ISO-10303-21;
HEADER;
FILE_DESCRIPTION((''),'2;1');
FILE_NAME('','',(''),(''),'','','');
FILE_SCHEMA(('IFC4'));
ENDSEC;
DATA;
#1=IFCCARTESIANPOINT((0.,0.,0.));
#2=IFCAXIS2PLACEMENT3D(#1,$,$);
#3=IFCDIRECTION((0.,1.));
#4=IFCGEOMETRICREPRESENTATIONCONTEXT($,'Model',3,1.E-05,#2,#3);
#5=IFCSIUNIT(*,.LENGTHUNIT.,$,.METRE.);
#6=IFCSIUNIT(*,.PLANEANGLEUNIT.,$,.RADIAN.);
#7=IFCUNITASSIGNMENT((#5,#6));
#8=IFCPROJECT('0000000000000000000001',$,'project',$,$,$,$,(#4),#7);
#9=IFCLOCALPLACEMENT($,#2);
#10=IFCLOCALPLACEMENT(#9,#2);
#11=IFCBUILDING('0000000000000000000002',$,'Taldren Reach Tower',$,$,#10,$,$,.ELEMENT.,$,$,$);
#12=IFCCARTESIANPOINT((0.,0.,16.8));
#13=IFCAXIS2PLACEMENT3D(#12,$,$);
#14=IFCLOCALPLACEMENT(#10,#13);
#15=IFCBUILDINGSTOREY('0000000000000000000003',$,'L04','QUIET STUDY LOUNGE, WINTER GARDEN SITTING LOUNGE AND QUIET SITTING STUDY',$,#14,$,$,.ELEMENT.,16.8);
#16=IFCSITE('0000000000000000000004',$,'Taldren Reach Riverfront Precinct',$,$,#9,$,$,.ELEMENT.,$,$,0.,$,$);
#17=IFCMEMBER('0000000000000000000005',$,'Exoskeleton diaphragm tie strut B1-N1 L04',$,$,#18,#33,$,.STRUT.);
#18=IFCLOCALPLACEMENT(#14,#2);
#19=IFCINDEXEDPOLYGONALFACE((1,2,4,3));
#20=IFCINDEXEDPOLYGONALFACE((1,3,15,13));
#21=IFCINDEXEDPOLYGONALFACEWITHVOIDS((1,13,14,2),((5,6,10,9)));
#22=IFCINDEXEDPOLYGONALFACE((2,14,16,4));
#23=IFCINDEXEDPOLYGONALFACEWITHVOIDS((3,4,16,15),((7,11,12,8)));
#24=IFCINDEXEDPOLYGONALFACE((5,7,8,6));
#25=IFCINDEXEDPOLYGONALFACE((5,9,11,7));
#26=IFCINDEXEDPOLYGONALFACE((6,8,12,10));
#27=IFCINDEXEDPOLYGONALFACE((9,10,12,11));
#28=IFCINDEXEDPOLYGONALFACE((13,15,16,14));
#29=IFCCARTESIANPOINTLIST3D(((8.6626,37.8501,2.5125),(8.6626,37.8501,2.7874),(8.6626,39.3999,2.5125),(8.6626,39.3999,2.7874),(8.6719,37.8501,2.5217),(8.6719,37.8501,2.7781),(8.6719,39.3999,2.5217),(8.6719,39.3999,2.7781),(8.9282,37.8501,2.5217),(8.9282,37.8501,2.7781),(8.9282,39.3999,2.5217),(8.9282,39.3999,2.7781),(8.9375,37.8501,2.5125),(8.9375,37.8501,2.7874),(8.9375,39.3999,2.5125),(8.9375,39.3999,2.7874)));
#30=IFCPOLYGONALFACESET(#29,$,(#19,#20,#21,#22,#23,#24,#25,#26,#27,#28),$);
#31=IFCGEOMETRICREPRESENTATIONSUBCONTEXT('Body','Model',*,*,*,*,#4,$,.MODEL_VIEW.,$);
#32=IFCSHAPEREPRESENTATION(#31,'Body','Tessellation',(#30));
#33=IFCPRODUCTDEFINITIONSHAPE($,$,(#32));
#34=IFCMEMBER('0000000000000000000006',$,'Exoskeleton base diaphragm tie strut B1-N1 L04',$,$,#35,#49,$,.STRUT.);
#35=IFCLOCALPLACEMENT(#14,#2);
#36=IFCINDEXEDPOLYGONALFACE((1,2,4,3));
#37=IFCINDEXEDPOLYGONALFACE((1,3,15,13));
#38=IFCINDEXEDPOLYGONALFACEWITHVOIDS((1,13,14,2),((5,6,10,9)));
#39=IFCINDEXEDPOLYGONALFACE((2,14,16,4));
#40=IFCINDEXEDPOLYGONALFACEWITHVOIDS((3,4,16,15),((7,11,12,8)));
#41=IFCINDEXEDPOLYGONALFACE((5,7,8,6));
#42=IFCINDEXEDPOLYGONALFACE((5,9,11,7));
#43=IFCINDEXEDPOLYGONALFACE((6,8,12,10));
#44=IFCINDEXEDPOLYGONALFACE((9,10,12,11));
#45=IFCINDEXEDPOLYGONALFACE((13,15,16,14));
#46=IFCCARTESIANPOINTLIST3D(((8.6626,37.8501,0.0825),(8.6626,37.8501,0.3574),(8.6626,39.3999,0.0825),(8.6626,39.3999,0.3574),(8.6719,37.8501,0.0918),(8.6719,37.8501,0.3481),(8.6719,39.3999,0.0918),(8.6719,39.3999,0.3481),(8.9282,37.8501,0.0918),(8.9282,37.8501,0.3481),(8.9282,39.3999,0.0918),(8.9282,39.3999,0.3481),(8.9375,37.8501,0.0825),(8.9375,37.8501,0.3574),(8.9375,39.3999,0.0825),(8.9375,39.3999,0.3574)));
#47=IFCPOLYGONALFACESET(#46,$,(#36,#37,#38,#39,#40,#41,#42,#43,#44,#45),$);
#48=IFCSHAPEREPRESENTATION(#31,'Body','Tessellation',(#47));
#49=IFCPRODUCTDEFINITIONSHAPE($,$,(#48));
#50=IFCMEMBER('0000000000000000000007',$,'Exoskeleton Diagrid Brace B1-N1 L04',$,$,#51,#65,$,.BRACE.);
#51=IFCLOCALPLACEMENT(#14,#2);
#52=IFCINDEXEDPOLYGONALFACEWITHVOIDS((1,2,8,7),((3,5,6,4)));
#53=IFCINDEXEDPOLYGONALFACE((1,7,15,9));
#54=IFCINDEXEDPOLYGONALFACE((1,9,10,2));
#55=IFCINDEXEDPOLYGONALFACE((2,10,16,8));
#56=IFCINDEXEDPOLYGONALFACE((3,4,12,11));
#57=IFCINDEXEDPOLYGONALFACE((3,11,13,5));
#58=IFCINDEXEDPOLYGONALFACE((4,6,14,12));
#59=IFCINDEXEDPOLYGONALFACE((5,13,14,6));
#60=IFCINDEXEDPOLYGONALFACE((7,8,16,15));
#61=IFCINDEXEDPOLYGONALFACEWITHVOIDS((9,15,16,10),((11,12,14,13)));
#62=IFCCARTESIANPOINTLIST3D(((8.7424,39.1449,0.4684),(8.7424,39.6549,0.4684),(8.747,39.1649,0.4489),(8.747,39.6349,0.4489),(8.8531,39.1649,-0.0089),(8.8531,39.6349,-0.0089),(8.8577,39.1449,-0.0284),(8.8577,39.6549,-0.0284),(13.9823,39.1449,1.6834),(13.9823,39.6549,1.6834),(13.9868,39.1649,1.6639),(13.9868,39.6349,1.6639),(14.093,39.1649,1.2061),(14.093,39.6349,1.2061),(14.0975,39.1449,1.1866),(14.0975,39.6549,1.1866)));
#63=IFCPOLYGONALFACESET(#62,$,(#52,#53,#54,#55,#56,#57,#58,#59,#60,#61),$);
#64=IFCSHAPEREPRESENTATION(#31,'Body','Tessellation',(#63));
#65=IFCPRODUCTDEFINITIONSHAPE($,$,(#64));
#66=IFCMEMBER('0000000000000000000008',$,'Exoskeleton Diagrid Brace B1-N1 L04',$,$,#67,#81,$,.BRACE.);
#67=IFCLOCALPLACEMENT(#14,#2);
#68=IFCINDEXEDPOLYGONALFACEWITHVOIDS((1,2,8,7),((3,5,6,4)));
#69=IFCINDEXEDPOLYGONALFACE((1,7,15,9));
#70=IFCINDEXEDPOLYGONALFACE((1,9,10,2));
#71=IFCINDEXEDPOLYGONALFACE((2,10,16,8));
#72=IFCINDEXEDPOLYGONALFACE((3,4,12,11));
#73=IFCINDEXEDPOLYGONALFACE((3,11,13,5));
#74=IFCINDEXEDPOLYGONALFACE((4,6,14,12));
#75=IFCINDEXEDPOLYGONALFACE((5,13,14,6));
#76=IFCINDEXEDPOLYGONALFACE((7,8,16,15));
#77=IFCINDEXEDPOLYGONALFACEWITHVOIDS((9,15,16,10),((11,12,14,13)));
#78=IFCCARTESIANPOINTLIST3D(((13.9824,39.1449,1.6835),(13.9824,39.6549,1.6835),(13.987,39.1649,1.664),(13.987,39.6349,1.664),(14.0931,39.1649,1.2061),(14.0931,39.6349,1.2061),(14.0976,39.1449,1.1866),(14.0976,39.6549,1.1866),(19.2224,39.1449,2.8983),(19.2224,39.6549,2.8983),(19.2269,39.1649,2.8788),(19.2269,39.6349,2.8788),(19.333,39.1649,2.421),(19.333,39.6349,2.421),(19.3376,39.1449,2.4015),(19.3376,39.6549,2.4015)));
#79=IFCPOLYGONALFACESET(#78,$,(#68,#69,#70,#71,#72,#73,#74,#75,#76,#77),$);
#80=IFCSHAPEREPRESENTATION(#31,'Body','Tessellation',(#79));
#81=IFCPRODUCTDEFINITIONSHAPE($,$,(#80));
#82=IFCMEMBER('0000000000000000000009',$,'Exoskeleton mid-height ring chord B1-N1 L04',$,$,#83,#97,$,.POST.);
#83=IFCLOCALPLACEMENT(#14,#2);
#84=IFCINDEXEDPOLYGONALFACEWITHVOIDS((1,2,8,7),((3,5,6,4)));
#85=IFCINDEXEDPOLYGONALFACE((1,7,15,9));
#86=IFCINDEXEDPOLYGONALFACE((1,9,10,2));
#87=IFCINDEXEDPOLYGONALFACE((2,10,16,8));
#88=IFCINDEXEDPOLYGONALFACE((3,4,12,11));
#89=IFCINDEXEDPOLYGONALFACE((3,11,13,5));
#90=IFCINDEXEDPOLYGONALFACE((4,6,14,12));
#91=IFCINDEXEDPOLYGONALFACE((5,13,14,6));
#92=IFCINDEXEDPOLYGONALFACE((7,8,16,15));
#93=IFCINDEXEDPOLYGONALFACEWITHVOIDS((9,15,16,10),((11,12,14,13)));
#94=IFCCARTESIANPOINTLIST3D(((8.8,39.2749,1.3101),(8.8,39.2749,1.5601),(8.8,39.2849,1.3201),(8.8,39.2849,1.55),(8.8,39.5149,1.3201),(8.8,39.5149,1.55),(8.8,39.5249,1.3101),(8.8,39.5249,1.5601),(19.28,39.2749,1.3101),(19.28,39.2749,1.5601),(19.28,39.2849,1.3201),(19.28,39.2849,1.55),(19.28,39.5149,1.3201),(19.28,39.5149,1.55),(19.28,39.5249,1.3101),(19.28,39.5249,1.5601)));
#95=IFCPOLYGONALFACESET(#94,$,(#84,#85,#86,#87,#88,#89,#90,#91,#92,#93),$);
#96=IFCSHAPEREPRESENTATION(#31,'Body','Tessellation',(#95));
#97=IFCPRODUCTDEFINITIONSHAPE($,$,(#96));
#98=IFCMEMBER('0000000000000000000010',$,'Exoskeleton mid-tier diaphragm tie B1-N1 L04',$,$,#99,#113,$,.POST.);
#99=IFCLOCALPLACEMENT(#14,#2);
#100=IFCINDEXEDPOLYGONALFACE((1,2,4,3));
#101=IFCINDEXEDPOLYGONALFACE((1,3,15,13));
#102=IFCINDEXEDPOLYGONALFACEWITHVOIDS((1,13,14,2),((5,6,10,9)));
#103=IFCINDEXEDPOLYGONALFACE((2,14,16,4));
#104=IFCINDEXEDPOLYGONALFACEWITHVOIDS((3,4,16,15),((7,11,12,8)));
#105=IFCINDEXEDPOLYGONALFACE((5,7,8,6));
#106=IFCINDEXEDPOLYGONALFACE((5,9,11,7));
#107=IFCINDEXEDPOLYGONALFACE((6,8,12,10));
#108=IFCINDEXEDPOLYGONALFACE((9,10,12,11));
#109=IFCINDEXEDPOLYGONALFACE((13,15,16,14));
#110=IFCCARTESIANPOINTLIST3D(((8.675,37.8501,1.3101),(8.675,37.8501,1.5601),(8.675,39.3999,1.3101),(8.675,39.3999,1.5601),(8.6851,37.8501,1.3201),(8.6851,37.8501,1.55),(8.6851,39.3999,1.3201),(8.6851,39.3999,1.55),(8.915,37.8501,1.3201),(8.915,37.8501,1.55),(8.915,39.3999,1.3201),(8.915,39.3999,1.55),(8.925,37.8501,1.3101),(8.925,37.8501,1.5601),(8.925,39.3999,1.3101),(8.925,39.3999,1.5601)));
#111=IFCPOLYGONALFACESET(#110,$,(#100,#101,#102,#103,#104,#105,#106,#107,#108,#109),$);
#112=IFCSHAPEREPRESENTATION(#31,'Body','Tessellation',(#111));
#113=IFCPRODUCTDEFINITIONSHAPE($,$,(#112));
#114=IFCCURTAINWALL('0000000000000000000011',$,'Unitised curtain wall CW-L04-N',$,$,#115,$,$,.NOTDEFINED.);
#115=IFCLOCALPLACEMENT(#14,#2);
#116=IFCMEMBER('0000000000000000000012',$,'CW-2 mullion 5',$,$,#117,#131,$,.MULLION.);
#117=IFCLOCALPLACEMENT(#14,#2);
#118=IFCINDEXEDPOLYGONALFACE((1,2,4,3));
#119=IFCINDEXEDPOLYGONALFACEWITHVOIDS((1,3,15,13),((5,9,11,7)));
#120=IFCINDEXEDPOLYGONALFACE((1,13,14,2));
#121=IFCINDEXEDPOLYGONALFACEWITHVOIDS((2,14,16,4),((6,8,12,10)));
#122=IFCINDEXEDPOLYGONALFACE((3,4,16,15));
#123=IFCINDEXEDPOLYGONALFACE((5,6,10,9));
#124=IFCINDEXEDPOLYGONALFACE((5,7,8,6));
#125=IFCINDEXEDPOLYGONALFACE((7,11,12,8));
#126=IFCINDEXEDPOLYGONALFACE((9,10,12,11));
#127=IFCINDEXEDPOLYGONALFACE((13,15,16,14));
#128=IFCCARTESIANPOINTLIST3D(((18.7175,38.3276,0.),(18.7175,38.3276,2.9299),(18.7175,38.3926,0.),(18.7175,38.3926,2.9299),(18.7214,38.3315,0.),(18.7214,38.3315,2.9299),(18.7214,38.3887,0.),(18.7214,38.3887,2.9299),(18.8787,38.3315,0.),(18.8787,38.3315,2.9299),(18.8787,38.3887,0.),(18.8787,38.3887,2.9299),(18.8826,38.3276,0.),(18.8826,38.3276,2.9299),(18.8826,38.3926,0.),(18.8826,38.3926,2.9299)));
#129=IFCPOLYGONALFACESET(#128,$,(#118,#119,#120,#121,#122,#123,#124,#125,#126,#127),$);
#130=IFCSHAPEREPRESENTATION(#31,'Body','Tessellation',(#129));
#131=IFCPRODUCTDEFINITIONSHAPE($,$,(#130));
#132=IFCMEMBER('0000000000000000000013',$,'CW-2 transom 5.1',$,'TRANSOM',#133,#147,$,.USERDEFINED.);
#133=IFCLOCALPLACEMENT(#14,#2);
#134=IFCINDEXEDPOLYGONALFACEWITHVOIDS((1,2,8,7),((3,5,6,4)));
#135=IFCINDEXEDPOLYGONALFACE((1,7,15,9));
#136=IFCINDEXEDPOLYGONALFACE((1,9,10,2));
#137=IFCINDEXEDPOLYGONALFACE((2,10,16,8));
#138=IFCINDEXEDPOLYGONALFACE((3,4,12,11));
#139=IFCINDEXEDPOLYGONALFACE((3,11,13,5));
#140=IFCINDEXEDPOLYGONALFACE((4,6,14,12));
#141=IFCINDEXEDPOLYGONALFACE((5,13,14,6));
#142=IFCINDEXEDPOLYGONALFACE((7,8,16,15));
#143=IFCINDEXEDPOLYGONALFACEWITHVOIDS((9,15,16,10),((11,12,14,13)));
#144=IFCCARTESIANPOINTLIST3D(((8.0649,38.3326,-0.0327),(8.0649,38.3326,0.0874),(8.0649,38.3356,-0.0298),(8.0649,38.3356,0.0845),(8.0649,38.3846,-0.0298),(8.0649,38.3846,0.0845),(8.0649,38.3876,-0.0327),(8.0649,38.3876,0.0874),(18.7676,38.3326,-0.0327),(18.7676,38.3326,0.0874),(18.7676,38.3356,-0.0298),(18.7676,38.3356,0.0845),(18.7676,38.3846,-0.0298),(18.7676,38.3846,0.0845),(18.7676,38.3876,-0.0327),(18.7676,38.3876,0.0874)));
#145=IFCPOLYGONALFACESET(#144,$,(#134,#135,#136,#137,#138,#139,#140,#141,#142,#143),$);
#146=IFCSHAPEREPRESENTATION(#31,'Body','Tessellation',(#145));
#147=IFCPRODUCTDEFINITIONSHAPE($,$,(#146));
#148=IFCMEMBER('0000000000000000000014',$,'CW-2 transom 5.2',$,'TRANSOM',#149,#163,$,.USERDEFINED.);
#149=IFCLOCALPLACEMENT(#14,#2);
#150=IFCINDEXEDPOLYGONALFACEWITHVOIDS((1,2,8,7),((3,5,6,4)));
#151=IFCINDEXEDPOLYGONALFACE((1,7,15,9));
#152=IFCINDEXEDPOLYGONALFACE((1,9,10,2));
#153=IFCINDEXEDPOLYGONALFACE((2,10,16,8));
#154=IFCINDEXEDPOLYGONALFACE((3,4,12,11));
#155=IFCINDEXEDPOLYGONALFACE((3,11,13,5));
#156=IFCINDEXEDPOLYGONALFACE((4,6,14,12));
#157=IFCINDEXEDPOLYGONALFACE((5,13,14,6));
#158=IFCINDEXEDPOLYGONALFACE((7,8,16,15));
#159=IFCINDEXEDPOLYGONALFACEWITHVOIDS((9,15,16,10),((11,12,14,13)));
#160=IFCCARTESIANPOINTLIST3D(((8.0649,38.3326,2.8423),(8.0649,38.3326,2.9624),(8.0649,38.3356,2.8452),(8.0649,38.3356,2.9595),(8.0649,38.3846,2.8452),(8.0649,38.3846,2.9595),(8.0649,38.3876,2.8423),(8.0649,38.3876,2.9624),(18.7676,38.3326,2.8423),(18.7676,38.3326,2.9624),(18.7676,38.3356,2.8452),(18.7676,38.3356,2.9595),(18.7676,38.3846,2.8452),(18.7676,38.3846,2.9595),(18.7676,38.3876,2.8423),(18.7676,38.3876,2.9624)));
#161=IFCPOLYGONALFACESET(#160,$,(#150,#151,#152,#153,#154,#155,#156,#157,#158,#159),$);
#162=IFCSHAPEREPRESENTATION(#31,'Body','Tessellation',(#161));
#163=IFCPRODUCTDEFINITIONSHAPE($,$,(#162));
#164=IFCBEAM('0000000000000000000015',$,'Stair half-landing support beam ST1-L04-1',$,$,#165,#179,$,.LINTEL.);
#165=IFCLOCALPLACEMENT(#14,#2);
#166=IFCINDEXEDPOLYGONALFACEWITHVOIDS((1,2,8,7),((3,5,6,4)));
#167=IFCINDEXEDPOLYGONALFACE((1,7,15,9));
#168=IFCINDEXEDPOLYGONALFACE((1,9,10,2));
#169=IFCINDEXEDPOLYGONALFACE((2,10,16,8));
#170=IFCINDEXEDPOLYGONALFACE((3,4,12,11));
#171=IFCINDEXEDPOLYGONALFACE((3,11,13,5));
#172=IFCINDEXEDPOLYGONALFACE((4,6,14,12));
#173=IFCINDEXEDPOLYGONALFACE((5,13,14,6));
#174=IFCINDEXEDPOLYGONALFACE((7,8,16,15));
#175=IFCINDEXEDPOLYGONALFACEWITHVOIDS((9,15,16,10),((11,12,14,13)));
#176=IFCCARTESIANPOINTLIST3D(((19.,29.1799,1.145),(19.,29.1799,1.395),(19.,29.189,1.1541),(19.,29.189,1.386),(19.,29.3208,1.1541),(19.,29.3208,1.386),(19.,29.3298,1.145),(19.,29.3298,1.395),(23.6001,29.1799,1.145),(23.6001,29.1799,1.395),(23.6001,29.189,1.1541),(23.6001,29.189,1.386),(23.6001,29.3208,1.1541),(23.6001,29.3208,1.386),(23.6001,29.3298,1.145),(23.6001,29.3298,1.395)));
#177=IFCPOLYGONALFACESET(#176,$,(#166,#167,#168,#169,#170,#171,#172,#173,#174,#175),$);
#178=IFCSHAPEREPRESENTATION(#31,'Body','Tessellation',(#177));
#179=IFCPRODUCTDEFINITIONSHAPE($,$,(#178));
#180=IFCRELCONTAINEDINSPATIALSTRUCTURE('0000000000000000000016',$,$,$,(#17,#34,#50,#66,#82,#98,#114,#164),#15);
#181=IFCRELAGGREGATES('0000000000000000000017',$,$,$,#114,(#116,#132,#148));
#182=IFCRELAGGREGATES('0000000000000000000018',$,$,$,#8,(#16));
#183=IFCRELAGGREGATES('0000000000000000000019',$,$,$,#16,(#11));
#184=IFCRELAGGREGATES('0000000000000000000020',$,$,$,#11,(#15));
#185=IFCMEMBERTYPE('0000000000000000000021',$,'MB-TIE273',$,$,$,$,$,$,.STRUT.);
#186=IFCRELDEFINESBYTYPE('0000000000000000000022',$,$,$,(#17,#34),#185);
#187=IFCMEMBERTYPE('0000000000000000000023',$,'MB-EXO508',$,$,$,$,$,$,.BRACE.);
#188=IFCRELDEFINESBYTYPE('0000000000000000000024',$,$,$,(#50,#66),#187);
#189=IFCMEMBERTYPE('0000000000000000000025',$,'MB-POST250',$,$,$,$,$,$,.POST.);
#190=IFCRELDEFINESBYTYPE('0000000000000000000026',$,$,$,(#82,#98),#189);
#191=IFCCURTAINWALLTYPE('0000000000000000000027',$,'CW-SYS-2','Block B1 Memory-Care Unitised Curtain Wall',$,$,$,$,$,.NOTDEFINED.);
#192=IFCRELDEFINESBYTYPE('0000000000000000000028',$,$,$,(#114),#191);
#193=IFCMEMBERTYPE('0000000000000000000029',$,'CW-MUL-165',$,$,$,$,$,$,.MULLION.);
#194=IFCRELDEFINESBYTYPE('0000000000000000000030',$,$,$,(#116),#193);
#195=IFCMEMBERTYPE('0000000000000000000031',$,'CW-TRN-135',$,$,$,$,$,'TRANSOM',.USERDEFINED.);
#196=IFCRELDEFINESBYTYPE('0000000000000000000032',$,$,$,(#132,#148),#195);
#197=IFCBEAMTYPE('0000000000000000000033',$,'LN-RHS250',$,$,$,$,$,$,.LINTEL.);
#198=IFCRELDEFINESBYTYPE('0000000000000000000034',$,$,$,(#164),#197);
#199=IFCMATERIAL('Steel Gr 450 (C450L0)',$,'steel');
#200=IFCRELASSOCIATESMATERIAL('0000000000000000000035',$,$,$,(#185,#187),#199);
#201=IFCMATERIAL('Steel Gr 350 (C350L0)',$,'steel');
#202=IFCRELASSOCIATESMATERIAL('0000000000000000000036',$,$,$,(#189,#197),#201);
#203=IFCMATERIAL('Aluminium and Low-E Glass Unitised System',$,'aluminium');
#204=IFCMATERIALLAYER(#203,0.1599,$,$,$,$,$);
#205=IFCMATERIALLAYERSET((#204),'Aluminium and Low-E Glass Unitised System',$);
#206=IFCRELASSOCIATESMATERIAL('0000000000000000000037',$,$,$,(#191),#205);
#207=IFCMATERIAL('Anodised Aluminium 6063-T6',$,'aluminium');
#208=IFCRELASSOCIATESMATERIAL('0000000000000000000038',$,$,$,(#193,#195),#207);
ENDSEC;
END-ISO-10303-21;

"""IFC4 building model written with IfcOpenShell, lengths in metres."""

from ifc_helpers import new_model, si_unit, direction, frame, origin, origin_2d, place, context, subcontext, project, spatial, hollow_rectangle, extrude, source, transform, mapped, material, layer, layer_set, material_profile, profile_set, type_object, element, aggregate, save


model = new_model("IFC4")

# Units and contexts
model_context = context("Model", 3, precision=1e-05, world=origin(), true_north=direction((0.0, 1.0)))
body_context = subcontext(model_context, "Body", "Model", "MODEL_VIEW")
ifc_project = project(units=[si_unit("LENGTHUNIT", "METRE"), si_unit("PLANEANGLEUNIT", "RADIAN")], contexts=[model_context])

# Site, building, storey
site_placement = place(None, origin())
site = spatial("IfcSite", under=ifc_project, at=site_placement, Name="Taldren Reach Riverfront Precinct", CompositionType="ELEMENT", RefElevation=0.0)
building_placement = place(site_placement, origin())
building = spatial("IfcBuilding", under=site, at=building_placement, Name="Taldren Reach Tower", CompositionType="ELEMENT")
storey_placement = place(building_placement, frame((0.0, 0.0, 16.8)))
storey = spatial("IfcBuildingStorey", under=building, at=storey_placement, Name="L04", Description="QUIET STUDY LOUNGE, WINTER GARDEN SITTING LOUNGE AND QUIET SITTING STUDY", CompositionType="ELEMENT", Elevation=16.8)

# Members
ifc_material_1 = material(Name="Steel Gr 450 (C450L0)", Category="steel")
ifc_material_profile_1 = material_profile(ifc_material_1, hollow_rectangle(XDim=0.2749, YDim=0.2749, WallThickness=0.0093, at=origin_2d()), Name="275x275x9.3SHS")
ifc_profile_set_1 = profile_set([ifc_material_profile_1], Name="Steel Gr 450 (C450L0)")
member_type_1 = type_object("IfcMemberType", Name="MB-TIE273", PredefinedType="STRUT", material=ifc_profile_set_1)
shared_shape_1 = source(origin(), body_context, "Body", "SweptSolid", [
    extrude(hollow_rectangle(XDim=0.2749, YDim=0.2749, WallThickness=0.0093, at=origin_2d()), origin(), (0.0, 0.0, 1.0), 1.5498),
])
for number, where, z_axis, x_axis, name in (
    (1, (8.8, 37.8501, 2.6499), (0.0, 1.0, 0.0), (-1.0, 0.0, 0.0), "Exoskeleton diaphragm tie strut B1-N1 L04"),
    (2, (8.8, 37.8501, 0.22), (0.0, 1.0, 0.0), (-1.0, 0.0, 0.0), "Exoskeleton base diaphragm tie strut B1-N1 L04"),
):
    element("IfcMember", number, at=place(storey_placement, frame(where, z_axis=z_axis, x_axis=x_axis)), inside=storey, type_object=member_type_1, Name=name, PredefinedType="STRUT", context=body_context, shape_type="MappedRepresentation", body=[
        mapped(shared_shape_1, transform((0.0, 0.0, 0.0), scale=1.0)),
    ])
ifc_material_profile_2 = material_profile(ifc_material_1, hollow_rectangle(XDim=0.51, YDim=0.51, WallThickness=0.02, at=origin_2d()), Name="510x510x20.0SHS")
ifc_profile_set_2 = profile_set([ifc_material_profile_2], Name="Steel Gr 450 (C450L0)")
member_type_2 = type_object("IfcMemberType", Name="MB-EXO508", PredefinedType="BRACE", material=ifc_profile_set_2)
shared_shape_2 = source(origin(), body_context, "Body", "SweptSolid", [
    extrude(hollow_rectangle(XDim=0.51, YDim=0.51, WallThickness=0.02, at=origin_2d()), origin(), (0.0, 0.0, 1.0), 5.3789),
])
for number, where, z_axis, x_axis, name in (
    (3, (8.8, 39.3999, 0.22), (0.974152, 0.0, 0.225894), (0.0, 1.0, 0.0), "Exoskeleton Diagrid Brace B1-N1 L04"),
    (4, (14.04, 39.3999, 1.4351), (0.974162, 0.0, 0.225851), (0.0, 1.0, 0.0), "Exoskeleton Diagrid Brace B1-N1 L04"),
):
    element("IfcMember", number, at=place(storey_placement, frame(where, z_axis=z_axis, x_axis=x_axis)), inside=storey, type_object=member_type_2, Name=name, PredefinedType="BRACE", context=body_context, shape_type="MappedRepresentation", body=[
        mapped(shared_shape_2, transform((0.0, 0.0, 0.0), scale=1.0)),
    ])
ifc_material_2 = material(Name="Steel Gr 350 (C350L0)", Category="steel")
ifc_material_profile_3 = material_profile(ifc_material_2, hollow_rectangle(XDim=0.25, YDim=0.25, WallThickness=0.01, at=origin_2d()), Name="250x250x10.0SHS")
ifc_profile_set_3 = profile_set([ifc_material_profile_3], Name="Steel Gr 350 (C350L0)")
member_type_3 = type_object("IfcMemberType", Name="MB-POST250", PredefinedType="POST", material=ifc_profile_set_3)
shared_shape_3 = source(origin(), body_context, "Body", "SweptSolid", [
    extrude(hollow_rectangle(XDim=0.25, YDim=0.25, WallThickness=0.01, at=origin_2d()), origin(), (0.0, 0.0, 1.0), 10.48),
])
member_1_placement = place(storey_placement, frame((8.8, 39.3999, 1.4351), z_axis=(1.0, 0.0, 0.0), x_axis=(0.0, 1.0, 0.0)))
element("IfcMember", 5, at=member_1_placement, inside=storey, type_object=member_type_3, Name="Exoskeleton mid-height ring chord B1-N1 L04", PredefinedType="POST", context=body_context, shape_type="MappedRepresentation", body=[
    mapped(shared_shape_3, transform((0.0, 0.0, 0.0), scale=1.0)),
])
shared_shape_4 = source(origin(), body_context, "Body", "SweptSolid", [
    extrude(hollow_rectangle(XDim=0.25, YDim=0.25, WallThickness=0.01, at=origin_2d()), origin(), (0.0, 0.0, 1.0), 1.5498),
])
member_2_placement = place(storey_placement, frame((8.8, 37.8501, 1.4351), z_axis=(0.0, 1.0, 0.0), x_axis=(-1.0, 0.0, 0.0)))
element("IfcMember", 6, at=member_2_placement, inside=storey, type_object=member_type_3, Name="Exoskeleton mid-tier diaphragm tie B1-N1 L04", PredefinedType="POST", context=body_context, shape_type="MappedRepresentation", body=[
    mapped(shared_shape_4, transform((0.0, 0.0, 0.0), scale=1.0)),
])

# Curtain wall, members
ifc_material_3 = material(Name="Aluminium and Low-E Glass Unitised System", Category="aluminium")
ifc_layer_1 = layer(ifc_material_3, 0.1599)
ifc_layer_set_1 = layer_set([ifc_layer_1], Name="Aluminium and Low-E Glass Unitised System")
curtain_wall_type = type_object("IfcCurtainWallType", Name="CW-SYS-2", Description="Block B1 Memory-Care Unitised Curtain Wall", PredefinedType="NOTDEFINED", material=ifc_layer_set_1)
curtain_wall_placement = place(storey_placement, origin())
curtain_wall = element("IfcCurtainWall", 7, at=curtain_wall_placement, inside=storey, type_object=curtain_wall_type, Name="Unitised curtain wall CW-L04-N", PredefinedType="NOTDEFINED")
ifc_material_4 = material(Name="Anodised Aluminium 6063-T6", Category="aluminium")
ifc_material_profile_4 = material_profile(ifc_material_4, hollow_rectangle(XDim=0.0649, YDim=0.165, WallThickness=0.0039, at=origin_2d()), Name="ALU-165x65x4RHS")
ifc_profile_set_4 = profile_set([ifc_material_profile_4], Name="Anodised Aluminium 6063-T6")
member_type_4 = type_object("IfcMemberType", Name="CW-MUL-165", PredefinedType="MULLION", material=ifc_profile_set_4)
shared_shape_5 = source(origin(), body_context, "Body", "SweptSolid", [
    extrude(hollow_rectangle(XDim=0.0649, YDim=0.165, WallThickness=0.0039, at=origin_2d()), origin(), (0.0, 0.0, 1.0), 2.9299),
])
member_3_placement = place(storey_placement, frame((18.8, 38.3601, 0.0), z_axis=(0.0, 0.0, 1.0), x_axis=(0.0, -1.0, 0.0)))
member_3 = element("IfcMember", 8, at=member_3_placement, type_object=member_type_4, Name="CW-2 mullion 5", PredefinedType="MULLION", context=body_context, shape_type="MappedRepresentation", body=[
    mapped(shared_shape_5, transform((0.0, 0.0, 0.0), scale=1.0)),
])
ifc_material_profile_5 = material_profile(ifc_material_4, hollow_rectangle(XDim=0.0549, YDim=0.1201, WallThickness=0.0029, at=origin_2d()), Name="ALU-120x55x3RHS")
ifc_profile_set_5 = profile_set([ifc_material_profile_5], Name="Anodised Aluminium 6063-T6")
member_type_5 = type_object("IfcMemberType", Name="CW-TRN-135", ElementType="TRANSOM", PredefinedType="USERDEFINED", material=ifc_profile_set_5)
shared_shape_6 = source(origin(), body_context, "Body", "SweptSolid", [
    extrude(hollow_rectangle(XDim=0.0549, YDim=0.1201, WallThickness=0.0029, at=origin_2d()), origin(), (0.0, 0.0, 1.0), 10.7026),
])
member_4_placement = place(storey_placement, frame((18.7676, 38.3601, 0.0273), z_axis=(-1.0, 0.0, 0.0), x_axis=(0.0, -1.0, 0.0)))
member_4 = element("IfcMember", 9, at=member_4_placement, type_object=member_type_5, Name="CW-2 transom 5.1", ObjectType="TRANSOM", PredefinedType="USERDEFINED", context=body_context, shape_type="MappedRepresentation", body=[
    mapped(shared_shape_6, transform((0.0, 0.0, 0.0), scale=1.0)),
])
member_5_placement = place(storey_placement, frame((18.7676, 38.3601, 2.9023), z_axis=(-1.0, 0.0, 0.0), x_axis=(0.0, -1.0, 0.0)))
member_5 = element("IfcMember", 10, at=member_5_placement, type_object=member_type_5, Name="CW-2 transom 5.2", ObjectType="TRANSOM", PredefinedType="USERDEFINED", context=body_context, shape_type="MappedRepresentation", body=[
    mapped(shared_shape_6, transform((0.0, 0.0, 0.0), scale=1.0)),
])

# Beam
ifc_material_profile_6 = material_profile(ifc_material_2, hollow_rectangle(XDim=0.1499, YDim=0.25, WallThickness=0.009, at=origin_2d()), Name="250x150x9.0RHS")
ifc_profile_set_6 = profile_set([ifc_material_profile_6], Name="Steel Gr 350 (C350L0)")
beam_type_1 = type_object("IfcBeamType", Name="LN-RHS250", PredefinedType="LINTEL", material=ifc_profile_set_6)
shared_shape_7 = source(origin(), body_context, "Body", "SweptSolid", [
    extrude(hollow_rectangle(XDim=0.1499, YDim=0.25, WallThickness=0.009, at=origin_2d()), origin(), (0.0, 0.0, 1.0), 4.6001),
])
for number, where, z_axis, x_axis, name in (
    (11, (19.0, 29.2549, 1.27), (1.0, 0.0, 0.0), (0.0, 1.0, 0.0), "Stair half-landing support beam ST1-L04-1"),
):
    element("IfcBeam", number, at=place(storey_placement, frame(where, z_axis=z_axis, x_axis=x_axis)), inside=storey, type_object=beam_type_1, Name=name, PredefinedType="LINTEL", context=body_context, shape_type="MappedRepresentation", body=[
        mapped(shared_shape_7, transform((0.0, 0.0, 0.0), scale=1.0)),
    ])

aggregate(curtain_wall, [member_3, member_4, member_5])

save(model, "model.ifc")
